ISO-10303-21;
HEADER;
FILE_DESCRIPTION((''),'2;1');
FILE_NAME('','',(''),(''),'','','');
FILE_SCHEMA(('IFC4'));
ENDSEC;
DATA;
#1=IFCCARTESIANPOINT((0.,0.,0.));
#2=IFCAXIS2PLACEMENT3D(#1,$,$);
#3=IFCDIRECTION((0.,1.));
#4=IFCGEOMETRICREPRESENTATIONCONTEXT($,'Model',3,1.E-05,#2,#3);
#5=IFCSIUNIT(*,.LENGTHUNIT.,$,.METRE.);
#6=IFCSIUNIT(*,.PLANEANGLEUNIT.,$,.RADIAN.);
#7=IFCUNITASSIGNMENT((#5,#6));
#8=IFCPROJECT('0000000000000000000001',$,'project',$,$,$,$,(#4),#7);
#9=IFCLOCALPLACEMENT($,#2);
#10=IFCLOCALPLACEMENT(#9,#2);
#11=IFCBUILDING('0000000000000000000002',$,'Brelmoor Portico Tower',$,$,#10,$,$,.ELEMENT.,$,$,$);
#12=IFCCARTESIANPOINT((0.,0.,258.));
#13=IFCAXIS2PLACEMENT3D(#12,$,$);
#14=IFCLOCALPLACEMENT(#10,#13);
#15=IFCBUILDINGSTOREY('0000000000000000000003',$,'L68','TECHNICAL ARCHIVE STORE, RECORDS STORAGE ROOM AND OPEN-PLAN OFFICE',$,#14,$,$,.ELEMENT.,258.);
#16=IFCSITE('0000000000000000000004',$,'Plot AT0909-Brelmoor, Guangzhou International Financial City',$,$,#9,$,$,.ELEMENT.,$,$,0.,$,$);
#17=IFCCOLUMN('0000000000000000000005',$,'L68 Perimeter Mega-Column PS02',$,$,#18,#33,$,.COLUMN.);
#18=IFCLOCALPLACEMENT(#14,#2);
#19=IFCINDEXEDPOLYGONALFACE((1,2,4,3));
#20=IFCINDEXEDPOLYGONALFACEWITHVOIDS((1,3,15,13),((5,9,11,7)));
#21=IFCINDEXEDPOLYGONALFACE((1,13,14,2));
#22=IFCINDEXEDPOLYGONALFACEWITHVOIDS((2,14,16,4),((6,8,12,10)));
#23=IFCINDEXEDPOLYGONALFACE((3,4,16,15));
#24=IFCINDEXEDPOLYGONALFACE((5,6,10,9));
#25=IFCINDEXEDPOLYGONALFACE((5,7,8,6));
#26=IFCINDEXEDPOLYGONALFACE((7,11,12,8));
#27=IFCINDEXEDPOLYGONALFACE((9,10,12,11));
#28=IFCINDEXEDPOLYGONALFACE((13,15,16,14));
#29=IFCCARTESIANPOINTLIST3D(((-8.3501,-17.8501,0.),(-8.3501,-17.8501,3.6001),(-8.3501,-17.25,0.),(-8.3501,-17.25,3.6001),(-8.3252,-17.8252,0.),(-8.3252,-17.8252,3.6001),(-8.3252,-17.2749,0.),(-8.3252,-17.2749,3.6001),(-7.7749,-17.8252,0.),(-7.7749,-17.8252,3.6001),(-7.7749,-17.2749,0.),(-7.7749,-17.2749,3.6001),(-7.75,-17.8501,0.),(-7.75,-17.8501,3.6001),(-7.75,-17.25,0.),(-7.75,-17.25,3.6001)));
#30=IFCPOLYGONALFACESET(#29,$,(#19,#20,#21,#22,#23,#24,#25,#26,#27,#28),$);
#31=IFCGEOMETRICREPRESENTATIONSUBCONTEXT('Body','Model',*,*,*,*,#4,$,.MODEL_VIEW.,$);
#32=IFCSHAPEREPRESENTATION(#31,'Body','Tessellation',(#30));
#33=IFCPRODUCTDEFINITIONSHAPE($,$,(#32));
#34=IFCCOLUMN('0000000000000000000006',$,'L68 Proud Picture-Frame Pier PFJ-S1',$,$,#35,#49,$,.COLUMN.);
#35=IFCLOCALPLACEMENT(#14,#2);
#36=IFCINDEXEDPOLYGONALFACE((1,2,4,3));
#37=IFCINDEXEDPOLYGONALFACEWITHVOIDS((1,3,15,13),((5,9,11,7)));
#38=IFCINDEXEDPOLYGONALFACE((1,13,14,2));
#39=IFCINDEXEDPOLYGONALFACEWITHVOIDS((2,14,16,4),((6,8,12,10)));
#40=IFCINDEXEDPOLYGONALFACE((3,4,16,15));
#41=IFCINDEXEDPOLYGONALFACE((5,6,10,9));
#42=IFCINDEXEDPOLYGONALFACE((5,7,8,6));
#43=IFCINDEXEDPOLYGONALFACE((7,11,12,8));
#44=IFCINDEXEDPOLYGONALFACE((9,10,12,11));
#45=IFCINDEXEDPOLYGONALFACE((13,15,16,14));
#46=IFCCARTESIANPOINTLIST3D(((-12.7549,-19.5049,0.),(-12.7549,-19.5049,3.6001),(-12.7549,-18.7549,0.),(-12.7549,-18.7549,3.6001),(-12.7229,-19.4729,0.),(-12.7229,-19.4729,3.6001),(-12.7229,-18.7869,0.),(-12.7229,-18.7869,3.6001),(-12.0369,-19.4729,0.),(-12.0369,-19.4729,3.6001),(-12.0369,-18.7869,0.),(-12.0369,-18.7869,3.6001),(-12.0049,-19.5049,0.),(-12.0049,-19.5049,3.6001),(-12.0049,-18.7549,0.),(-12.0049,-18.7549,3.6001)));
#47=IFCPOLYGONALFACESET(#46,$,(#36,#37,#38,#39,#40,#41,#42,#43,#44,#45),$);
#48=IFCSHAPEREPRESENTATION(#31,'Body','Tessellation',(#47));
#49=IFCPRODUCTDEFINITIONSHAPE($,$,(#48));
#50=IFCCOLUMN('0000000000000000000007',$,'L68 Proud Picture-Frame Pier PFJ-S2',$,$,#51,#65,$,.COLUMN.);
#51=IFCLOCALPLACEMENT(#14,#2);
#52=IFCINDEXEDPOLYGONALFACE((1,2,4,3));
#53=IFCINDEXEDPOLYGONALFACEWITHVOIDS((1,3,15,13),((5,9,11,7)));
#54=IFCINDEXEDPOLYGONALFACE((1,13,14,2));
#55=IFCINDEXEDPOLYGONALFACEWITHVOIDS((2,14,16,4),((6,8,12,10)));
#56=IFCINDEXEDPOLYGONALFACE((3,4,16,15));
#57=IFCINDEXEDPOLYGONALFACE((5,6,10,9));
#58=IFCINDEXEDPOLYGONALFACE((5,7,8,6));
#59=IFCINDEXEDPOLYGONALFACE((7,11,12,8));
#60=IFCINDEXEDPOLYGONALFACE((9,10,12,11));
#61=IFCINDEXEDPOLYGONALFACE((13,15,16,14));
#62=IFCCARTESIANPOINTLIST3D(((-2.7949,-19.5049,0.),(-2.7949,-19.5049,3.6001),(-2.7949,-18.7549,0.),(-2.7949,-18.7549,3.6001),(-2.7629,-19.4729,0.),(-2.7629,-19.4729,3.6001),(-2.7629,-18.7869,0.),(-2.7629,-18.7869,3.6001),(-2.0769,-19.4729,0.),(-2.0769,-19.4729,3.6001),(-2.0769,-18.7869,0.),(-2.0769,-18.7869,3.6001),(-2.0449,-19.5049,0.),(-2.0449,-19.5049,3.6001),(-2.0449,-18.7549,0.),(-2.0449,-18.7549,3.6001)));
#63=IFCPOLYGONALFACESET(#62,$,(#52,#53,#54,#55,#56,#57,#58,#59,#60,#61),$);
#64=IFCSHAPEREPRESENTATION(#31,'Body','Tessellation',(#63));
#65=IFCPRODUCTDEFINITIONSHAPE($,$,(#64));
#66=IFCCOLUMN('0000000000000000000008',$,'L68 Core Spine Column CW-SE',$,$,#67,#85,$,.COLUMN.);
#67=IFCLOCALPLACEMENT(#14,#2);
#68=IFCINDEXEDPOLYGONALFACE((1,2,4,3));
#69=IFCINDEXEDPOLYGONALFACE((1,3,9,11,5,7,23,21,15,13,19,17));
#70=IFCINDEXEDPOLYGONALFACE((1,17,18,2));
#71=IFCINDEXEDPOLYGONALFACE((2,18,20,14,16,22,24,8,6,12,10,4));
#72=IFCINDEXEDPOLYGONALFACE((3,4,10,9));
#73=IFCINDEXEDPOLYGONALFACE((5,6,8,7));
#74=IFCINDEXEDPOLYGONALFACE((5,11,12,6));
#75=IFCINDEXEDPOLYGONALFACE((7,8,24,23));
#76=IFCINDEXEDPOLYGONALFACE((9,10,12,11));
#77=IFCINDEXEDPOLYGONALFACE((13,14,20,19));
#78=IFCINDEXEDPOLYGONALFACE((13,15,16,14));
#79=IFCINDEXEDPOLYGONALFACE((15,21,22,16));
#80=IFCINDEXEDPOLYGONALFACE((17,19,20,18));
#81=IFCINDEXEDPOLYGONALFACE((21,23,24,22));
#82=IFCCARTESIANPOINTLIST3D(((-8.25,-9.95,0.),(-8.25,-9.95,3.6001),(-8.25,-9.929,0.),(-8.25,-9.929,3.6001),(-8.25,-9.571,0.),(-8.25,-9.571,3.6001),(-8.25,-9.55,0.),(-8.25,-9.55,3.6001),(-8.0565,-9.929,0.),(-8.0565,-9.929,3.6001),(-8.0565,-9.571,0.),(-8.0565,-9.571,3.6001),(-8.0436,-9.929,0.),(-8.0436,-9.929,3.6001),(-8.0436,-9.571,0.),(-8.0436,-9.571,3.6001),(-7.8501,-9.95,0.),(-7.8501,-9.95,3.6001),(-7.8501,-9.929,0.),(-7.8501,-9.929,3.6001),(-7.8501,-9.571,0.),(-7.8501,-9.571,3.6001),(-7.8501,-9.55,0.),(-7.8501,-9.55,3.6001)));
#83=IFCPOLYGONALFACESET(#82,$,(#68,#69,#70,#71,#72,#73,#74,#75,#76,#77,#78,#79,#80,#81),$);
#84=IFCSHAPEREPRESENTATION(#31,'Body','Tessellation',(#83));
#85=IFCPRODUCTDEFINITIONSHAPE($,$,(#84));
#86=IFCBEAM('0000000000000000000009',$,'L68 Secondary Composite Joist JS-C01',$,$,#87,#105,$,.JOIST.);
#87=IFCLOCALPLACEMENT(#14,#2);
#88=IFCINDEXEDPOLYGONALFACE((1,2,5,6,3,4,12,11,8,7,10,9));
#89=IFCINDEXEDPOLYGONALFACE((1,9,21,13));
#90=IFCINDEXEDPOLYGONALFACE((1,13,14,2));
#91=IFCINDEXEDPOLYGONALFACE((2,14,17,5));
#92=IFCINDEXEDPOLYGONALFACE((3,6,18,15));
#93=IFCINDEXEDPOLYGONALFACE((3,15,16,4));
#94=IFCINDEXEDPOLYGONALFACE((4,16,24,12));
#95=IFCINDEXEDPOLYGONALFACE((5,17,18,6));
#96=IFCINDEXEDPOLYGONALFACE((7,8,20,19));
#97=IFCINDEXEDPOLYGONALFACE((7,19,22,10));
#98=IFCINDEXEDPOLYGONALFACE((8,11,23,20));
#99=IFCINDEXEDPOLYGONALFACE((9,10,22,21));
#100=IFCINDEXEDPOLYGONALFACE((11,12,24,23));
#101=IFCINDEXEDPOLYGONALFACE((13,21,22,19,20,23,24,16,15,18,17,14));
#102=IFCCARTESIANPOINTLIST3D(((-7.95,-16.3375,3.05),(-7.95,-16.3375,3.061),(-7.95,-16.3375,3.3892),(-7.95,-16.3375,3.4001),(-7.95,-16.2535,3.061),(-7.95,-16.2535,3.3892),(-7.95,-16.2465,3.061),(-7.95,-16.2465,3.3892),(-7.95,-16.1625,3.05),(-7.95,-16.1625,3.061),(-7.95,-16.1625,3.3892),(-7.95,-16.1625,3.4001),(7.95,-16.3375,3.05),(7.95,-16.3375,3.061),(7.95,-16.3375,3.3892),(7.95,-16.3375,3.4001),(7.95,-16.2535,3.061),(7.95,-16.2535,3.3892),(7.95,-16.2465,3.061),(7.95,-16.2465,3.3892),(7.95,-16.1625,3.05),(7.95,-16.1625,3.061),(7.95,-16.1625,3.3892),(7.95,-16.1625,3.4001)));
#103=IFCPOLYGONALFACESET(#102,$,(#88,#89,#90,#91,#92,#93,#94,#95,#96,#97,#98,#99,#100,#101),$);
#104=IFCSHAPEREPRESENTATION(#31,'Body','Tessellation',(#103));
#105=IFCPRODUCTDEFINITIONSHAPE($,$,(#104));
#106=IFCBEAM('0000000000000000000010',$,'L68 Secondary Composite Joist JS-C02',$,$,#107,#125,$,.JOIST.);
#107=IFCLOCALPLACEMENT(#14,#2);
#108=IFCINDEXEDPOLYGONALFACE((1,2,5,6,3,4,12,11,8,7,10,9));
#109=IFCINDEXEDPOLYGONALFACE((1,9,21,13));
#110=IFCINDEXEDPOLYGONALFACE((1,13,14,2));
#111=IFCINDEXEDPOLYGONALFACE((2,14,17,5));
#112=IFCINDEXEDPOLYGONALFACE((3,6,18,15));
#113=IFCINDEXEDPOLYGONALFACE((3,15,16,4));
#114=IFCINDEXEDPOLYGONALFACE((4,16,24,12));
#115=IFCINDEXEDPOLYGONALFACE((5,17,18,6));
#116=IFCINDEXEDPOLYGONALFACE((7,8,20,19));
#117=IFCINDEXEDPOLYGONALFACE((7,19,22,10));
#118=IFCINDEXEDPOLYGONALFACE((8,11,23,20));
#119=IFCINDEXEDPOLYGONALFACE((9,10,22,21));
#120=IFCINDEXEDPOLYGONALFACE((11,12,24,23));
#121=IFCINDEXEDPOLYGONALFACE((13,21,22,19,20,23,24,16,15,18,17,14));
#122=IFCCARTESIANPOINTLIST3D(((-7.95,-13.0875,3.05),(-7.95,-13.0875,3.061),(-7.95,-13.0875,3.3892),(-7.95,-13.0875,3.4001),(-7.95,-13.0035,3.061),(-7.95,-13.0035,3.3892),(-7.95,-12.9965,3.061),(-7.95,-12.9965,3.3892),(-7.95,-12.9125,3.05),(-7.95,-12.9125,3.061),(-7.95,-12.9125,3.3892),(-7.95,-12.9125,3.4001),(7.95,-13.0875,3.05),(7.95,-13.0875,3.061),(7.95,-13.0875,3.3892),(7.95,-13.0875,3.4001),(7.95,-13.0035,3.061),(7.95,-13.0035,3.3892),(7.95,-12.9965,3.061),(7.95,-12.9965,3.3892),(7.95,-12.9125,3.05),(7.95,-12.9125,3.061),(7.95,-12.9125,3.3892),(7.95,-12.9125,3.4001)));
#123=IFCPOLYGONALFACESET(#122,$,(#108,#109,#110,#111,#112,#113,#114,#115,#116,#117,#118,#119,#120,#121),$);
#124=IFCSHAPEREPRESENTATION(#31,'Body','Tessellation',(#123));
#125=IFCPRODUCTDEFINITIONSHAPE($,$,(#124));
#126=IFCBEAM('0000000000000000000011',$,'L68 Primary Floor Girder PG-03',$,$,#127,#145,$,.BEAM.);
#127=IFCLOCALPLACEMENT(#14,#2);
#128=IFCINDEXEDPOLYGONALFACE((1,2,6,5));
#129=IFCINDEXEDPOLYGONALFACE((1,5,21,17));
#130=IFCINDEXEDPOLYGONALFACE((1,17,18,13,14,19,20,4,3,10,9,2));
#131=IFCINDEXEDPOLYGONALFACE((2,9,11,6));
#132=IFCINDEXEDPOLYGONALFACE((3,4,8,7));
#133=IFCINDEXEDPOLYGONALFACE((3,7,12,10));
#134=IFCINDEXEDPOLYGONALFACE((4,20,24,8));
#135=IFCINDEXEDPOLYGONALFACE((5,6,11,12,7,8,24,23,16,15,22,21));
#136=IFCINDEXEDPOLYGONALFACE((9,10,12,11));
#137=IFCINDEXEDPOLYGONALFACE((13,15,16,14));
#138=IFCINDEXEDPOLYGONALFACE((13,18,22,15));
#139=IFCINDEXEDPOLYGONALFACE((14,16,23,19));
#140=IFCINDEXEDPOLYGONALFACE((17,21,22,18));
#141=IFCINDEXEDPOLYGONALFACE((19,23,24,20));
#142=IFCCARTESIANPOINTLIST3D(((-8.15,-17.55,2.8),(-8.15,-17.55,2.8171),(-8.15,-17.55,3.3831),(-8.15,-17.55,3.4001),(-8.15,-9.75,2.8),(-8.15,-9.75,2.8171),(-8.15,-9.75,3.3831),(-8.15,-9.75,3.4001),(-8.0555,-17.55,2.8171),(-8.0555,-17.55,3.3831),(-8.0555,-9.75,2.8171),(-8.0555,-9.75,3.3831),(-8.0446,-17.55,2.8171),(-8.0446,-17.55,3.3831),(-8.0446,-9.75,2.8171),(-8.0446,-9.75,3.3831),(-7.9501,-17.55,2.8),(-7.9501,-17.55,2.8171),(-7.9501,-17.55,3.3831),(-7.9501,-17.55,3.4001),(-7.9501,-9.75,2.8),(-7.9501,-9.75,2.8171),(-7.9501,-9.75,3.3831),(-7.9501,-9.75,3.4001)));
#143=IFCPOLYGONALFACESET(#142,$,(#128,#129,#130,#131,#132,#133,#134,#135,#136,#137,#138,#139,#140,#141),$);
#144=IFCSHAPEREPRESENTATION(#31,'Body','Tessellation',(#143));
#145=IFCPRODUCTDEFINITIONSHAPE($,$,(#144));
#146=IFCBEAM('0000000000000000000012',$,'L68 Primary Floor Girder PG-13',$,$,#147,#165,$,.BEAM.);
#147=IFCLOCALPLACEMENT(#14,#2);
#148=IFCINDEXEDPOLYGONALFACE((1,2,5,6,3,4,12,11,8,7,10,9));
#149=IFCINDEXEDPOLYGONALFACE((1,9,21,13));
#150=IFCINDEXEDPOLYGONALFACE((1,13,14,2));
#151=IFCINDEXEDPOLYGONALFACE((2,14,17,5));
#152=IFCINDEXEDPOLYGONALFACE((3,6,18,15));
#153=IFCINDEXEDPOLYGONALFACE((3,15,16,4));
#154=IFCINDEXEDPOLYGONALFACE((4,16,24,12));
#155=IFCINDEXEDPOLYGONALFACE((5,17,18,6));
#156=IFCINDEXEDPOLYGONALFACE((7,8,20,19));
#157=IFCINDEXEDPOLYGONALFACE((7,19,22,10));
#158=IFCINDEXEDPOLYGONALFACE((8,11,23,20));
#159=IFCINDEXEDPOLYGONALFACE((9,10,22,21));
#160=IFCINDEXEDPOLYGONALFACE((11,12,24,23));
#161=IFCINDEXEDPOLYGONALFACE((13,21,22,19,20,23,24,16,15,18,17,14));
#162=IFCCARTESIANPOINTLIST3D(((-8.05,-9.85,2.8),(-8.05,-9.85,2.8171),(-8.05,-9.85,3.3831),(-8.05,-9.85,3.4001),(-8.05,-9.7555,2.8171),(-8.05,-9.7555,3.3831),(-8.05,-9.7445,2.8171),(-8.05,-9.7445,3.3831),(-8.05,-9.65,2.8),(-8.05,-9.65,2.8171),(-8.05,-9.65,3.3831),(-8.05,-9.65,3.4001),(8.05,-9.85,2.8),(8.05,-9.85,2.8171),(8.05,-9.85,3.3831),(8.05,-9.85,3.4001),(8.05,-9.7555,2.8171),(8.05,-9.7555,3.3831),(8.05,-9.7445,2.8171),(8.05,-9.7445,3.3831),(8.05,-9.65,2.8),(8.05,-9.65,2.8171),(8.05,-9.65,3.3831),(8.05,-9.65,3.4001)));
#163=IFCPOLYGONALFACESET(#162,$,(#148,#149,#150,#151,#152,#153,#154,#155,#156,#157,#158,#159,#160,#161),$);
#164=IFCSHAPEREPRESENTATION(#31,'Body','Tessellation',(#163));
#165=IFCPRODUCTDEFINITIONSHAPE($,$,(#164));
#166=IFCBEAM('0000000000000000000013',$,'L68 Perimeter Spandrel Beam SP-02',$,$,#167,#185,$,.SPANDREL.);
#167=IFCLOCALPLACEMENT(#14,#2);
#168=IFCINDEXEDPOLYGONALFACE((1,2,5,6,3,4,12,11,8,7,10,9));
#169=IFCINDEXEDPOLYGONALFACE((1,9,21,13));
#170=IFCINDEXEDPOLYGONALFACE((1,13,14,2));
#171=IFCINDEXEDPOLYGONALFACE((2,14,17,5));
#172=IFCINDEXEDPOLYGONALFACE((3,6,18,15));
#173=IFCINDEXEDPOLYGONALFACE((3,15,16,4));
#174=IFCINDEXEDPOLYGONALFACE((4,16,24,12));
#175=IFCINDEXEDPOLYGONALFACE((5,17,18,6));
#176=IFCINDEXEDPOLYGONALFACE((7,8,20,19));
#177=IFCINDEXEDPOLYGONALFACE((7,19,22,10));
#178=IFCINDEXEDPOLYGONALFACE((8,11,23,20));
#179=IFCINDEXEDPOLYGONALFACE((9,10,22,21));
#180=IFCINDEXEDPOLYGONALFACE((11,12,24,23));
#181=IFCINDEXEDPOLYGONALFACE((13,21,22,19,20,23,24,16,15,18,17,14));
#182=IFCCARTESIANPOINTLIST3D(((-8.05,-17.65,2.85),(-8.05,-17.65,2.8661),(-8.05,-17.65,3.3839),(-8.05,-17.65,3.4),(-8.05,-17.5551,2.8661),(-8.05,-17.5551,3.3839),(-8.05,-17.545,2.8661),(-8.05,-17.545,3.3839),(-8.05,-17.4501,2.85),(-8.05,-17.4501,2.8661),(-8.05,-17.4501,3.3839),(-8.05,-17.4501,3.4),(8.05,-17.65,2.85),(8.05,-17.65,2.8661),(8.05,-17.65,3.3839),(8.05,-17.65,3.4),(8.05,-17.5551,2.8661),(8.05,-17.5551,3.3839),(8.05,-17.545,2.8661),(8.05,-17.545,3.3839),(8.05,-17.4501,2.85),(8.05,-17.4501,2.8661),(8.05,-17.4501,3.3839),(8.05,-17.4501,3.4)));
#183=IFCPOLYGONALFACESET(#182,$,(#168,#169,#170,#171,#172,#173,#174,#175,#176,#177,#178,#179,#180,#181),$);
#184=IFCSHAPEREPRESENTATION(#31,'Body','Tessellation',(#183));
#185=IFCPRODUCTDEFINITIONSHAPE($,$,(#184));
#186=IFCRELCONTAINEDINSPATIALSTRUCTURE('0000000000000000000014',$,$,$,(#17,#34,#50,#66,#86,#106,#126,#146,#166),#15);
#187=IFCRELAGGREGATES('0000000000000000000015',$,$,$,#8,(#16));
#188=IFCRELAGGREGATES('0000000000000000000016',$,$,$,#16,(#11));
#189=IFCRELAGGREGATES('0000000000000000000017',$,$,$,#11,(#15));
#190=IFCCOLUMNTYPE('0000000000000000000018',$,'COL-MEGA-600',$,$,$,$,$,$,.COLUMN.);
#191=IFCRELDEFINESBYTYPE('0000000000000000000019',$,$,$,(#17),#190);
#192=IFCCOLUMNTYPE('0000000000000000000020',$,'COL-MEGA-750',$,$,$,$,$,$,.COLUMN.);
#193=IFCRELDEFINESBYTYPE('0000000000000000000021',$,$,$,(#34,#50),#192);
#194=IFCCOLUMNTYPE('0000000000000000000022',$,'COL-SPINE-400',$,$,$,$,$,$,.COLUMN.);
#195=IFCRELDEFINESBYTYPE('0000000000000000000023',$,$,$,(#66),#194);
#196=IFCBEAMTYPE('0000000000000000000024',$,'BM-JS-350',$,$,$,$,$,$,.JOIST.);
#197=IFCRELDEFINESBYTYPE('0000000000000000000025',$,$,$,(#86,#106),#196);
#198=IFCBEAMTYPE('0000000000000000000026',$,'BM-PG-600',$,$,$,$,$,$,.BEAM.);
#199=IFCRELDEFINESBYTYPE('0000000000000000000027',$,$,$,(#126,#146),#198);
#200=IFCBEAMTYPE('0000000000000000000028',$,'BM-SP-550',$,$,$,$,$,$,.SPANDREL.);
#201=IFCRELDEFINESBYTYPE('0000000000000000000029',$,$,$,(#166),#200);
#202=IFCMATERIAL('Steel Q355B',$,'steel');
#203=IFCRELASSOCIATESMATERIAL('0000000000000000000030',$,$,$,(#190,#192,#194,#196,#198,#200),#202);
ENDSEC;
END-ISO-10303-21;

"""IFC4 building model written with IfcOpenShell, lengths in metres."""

from ifc_helpers import new_model, si_unit, direction, frame, origin, origin_2d, place, context, subcontext, project, spatial, hollow_rectangle, i_section, extrude, material, material_profile, profile_set, type_object, element, save


model = new_model("IFC4")

# Units and contexts
model_context = context("Model", 3, precision=1e-05, world=origin(), true_north=direction((0.0, 1.0)))
body_context = subcontext(model_context, "Body", "Model", "MODEL_VIEW")
ifc_project = project(units=[si_unit("LENGTHUNIT", "METRE"), si_unit("PLANEANGLEUNIT", "RADIAN")], contexts=[model_context])

# Site, building, storey
site_placement = place(None, origin())
site = spatial("IfcSite", under=ifc_project, at=site_placement, Name="Plot AT0909-Brelmoor, Guangzhou International Financial City", CompositionType="ELEMENT", RefElevation=0.0)
building_placement = place(site_placement, origin())
building = spatial("IfcBuilding", under=site, at=building_placement, Name="Brelmoor Portico Tower", CompositionType="ELEMENT")
storey_placement = place(building_placement, frame((0.0, 0.0, 258.0)))
storey = spatial("IfcBuildingStorey", under=building, at=storey_placement, Name="L68", Description="TECHNICAL ARCHIVE STORE, RECORDS STORAGE ROOM AND OPEN-PLAN OFFICE", CompositionType="ELEMENT", Elevation=258.0)

# Columns
ifc_material_1 = material(Name="Steel Q355B", Category="steel")
ifc_material_profile_1 = material_profile(ifc_material_1, hollow_rectangle(XDim=0.6001, YDim=0.6001, WallThickness=0.0249, at=origin_2d()), Name="BOX 600x600x25")
ifc_profile_set_1 = profile_set([ifc_material_profile_1], Name="Steel Q355B")
column_type_1 = type_object("IfcColumnType", Name="COL-MEGA-600", PredefinedType="COLUMN", material=ifc_profile_set_1)
column_1_placement = place(storey_placement, frame((-8.05, -17.55, 0.0), z_axis=(0.0, 0.0, 1.0), x_axis=(1.0, 0.0, 0.0)))
element("IfcColumn", 1, at=column_1_placement, inside=storey, type_object=column_type_1, Name="L68 Perimeter Mega-Column PS02", PredefinedType="COLUMN", context=body_context, shape_type="SweptSolid", body=[
    extrude(hollow_rectangle(XDim=0.6001, YDim=0.6001, WallThickness=0.0249, at=origin_2d()), origin(), (0.0, 0.0, 1.0), 3.6001),
])
ifc_material_profile_2 = material_profile(ifc_material_1, hollow_rectangle(XDim=0.75, YDim=0.75, WallThickness=0.032, at=origin_2d()), Name="BOX 750x750x32")
ifc_profile_set_2 = profile_set([ifc_material_profile_2], Name="Steel Q355B")
column_type_2 = type_object("IfcColumnType", Name="COL-MEGA-750", PredefinedType="COLUMN", material=ifc_profile_set_2)
for number, where, z_axis, x_axis, name in (
    (2, (-12.3799, -19.1299, 0.0), (0.0, 0.0, 1.0), (1.0, 0.0, 0.0), "L68 Proud Picture-Frame Pier PFJ-S1"),
    (3, (-2.4199, -19.1299, 0.0), (0.0, 0.0, 1.0), (1.0, 0.0, 0.0), "L68 Proud Picture-Frame Pier PFJ-S2"),
):
    element("IfcColumn", number, at=place(storey_placement, frame(where, z_axis=z_axis, x_axis=x_axis)), inside=storey, type_object=column_type_2, Name=name, PredefinedType="COLUMN", context=body_context, shape_type="SweptSolid", body=[
        extrude(hollow_rectangle(XDim=0.75, YDim=0.75, WallThickness=0.032, at=origin_2d()), origin(), (0.0, 0.0, 1.0), 3.6001),
    ])
ifc_material_profile_3 = material_profile(ifc_material_1, i_section(OverallWidth=0.3999, OverallDepth=0.3999, WebThickness=0.0129, FlangeThickness=0.021, at=origin_2d()), Name="HW 400x400x13x21")
ifc_profile_set_3 = profile_set([ifc_material_profile_3], Name="Steel Q355B")
column_type_3 = type_object("IfcColumnType", Name="COL-SPINE-400", PredefinedType="COLUMN", material=ifc_profile_set_3)
column_2_placement = place(storey_placement, frame((-8.05, -9.75, 0.0), z_axis=(0.0, 0.0, 1.0), x_axis=(1.0, 0.0, 0.0)))
element("IfcColumn", 4, at=column_2_placement, inside=storey, type_object=column_type_3, Name="L68 Core Spine Column CW-SE", PredefinedType="COLUMN", context=body_context, shape_type="SweptSolid", body=[
    extrude(i_section(OverallWidth=0.3999, OverallDepth=0.3999, WebThickness=0.0129, FlangeThickness=0.021, at=origin_2d()), origin(), (0.0, 0.0, 1.0), 3.6001),
])

# Beams
ifc_material_profile_4 = material_profile(ifc_material_1, i_section(OverallWidth=0.175, OverallDepth=0.3501, WebThickness=0.0071, FlangeThickness=0.011, at=origin_2d()), Name="HN 350x175x7x11")
ifc_profile_set_4 = profile_set([ifc_material_profile_4], Name="Steel Q355B")
beam_type_1 = type_object("IfcBeamType", Name="BM-JS-350", PredefinedType="JOIST", material=ifc_profile_set_4)
for number, where, z_axis, x_axis, name in (
    (5, (-7.95, -16.25, 3.2251), (1.0, 0.0, 0.0), (0.0, 1.0, 0.0), "L68 Secondary Composite Joist JS-C01"),
    (6, (-7.95, -13.0, 3.2251), (1.0, 0.0, 0.0), (0.0, 1.0, 0.0), "L68 Secondary Composite Joist JS-C02"),
):
    element("IfcBeam", number, at=place(storey_placement, frame(where, z_axis=z_axis, x_axis=x_axis)), inside=storey, type_object=beam_type_1, Name=name, PredefinedType="JOIST", context=body_context, shape_type="SweptSolid", body=[
        extrude(i_section(OverallWidth=0.175, OverallDepth=0.3501, WebThickness=0.0071, FlangeThickness=0.011, at=origin_2d()), origin(), (0.0, 0.0, 1.0), 15.8999),
    ])
ifc_material_profile_5 = material_profile(ifc_material_1, i_section(OverallWidth=0.2, OverallDepth=0.6001, WebThickness=0.011, FlangeThickness=0.0171, at=origin_2d()), Name="HN 600x200x11x17")
ifc_profile_set_5 = profile_set([ifc_material_profile_5], Name="Steel Q355B")
beam_type_2 = type_object("IfcBeamType", Name="BM-PG-600", PredefinedType="BEAM", material=ifc_profile_set_5)
beam_1_placement = place(storey_placement, frame((-8.05, -17.55, 3.1001), z_axis=(0.0, 1.0, 0.0), x_axis=(-1.0, 0.0, 0.0)))
element("IfcBeam", 7, at=beam_1_placement, inside=storey, type_object=beam_type_2, Name="L68 Primary Floor Girder PG-03", PredefinedType="BEAM", context=body_context, shape_type="SweptSolid", body=[
    extrude(i_section(OverallWidth=0.2, OverallDepth=0.6001, WebThickness=0.011, FlangeThickness=0.0171, at=origin_2d()), origin(), (0.0, 0.0, 1.0), 7.8),
])
beam_2_placement = place(storey_placement, frame((-8.05, -9.75, 3.1001), z_axis=(1.0, 0.0, 0.0), x_axis=(0.0, 1.0, 0.0)))
element("IfcBeam", 8, at=beam_2_placement, inside=storey, type_object=beam_type_2, Name="L68 Primary Floor Girder PG-13", PredefinedType="BEAM", context=body_context, shape_type="SweptSolid", body=[
    extrude(i_section(OverallWidth=0.2, OverallDepth=0.6001, WebThickness=0.011, FlangeThickness=0.0171, at=origin_2d()), origin(), (0.0, 0.0, 1.0), 16.1001),
])
ifc_material_profile_6 = material_profile(ifc_material_1, i_section(OverallWidth=0.2, OverallDepth=0.55, WebThickness=0.01, FlangeThickness=0.0161, at=origin_2d()), Name="HN 550x200x10x16")
ifc_profile_set_6 = profile_set([ifc_material_profile_6], Name="Steel Q355B")
beam_type_3 = type_object("IfcBeamType", Name="BM-SP-550", PredefinedType="SPANDREL", material=ifc_profile_set_6)
beam_3_placement = place(storey_placement, frame((-8.05, -17.55, 3.125), z_axis=(1.0, 0.0, 0.0), x_axis=(0.0, 1.0, 0.0)))
element("IfcBeam", 9, at=beam_3_placement, inside=storey, type_object=beam_type_3, Name="L68 Perimeter Spandrel Beam SP-02", PredefinedType="SPANDREL", context=body_context, shape_type="SweptSolid", body=[
    extrude(i_section(OverallWidth=0.2, OverallDepth=0.55, WebThickness=0.01, FlangeThickness=0.0161, at=origin_2d()), origin(), (0.0, 0.0, 1.0), 16.1001),
])

save(model, "model.ifc")
